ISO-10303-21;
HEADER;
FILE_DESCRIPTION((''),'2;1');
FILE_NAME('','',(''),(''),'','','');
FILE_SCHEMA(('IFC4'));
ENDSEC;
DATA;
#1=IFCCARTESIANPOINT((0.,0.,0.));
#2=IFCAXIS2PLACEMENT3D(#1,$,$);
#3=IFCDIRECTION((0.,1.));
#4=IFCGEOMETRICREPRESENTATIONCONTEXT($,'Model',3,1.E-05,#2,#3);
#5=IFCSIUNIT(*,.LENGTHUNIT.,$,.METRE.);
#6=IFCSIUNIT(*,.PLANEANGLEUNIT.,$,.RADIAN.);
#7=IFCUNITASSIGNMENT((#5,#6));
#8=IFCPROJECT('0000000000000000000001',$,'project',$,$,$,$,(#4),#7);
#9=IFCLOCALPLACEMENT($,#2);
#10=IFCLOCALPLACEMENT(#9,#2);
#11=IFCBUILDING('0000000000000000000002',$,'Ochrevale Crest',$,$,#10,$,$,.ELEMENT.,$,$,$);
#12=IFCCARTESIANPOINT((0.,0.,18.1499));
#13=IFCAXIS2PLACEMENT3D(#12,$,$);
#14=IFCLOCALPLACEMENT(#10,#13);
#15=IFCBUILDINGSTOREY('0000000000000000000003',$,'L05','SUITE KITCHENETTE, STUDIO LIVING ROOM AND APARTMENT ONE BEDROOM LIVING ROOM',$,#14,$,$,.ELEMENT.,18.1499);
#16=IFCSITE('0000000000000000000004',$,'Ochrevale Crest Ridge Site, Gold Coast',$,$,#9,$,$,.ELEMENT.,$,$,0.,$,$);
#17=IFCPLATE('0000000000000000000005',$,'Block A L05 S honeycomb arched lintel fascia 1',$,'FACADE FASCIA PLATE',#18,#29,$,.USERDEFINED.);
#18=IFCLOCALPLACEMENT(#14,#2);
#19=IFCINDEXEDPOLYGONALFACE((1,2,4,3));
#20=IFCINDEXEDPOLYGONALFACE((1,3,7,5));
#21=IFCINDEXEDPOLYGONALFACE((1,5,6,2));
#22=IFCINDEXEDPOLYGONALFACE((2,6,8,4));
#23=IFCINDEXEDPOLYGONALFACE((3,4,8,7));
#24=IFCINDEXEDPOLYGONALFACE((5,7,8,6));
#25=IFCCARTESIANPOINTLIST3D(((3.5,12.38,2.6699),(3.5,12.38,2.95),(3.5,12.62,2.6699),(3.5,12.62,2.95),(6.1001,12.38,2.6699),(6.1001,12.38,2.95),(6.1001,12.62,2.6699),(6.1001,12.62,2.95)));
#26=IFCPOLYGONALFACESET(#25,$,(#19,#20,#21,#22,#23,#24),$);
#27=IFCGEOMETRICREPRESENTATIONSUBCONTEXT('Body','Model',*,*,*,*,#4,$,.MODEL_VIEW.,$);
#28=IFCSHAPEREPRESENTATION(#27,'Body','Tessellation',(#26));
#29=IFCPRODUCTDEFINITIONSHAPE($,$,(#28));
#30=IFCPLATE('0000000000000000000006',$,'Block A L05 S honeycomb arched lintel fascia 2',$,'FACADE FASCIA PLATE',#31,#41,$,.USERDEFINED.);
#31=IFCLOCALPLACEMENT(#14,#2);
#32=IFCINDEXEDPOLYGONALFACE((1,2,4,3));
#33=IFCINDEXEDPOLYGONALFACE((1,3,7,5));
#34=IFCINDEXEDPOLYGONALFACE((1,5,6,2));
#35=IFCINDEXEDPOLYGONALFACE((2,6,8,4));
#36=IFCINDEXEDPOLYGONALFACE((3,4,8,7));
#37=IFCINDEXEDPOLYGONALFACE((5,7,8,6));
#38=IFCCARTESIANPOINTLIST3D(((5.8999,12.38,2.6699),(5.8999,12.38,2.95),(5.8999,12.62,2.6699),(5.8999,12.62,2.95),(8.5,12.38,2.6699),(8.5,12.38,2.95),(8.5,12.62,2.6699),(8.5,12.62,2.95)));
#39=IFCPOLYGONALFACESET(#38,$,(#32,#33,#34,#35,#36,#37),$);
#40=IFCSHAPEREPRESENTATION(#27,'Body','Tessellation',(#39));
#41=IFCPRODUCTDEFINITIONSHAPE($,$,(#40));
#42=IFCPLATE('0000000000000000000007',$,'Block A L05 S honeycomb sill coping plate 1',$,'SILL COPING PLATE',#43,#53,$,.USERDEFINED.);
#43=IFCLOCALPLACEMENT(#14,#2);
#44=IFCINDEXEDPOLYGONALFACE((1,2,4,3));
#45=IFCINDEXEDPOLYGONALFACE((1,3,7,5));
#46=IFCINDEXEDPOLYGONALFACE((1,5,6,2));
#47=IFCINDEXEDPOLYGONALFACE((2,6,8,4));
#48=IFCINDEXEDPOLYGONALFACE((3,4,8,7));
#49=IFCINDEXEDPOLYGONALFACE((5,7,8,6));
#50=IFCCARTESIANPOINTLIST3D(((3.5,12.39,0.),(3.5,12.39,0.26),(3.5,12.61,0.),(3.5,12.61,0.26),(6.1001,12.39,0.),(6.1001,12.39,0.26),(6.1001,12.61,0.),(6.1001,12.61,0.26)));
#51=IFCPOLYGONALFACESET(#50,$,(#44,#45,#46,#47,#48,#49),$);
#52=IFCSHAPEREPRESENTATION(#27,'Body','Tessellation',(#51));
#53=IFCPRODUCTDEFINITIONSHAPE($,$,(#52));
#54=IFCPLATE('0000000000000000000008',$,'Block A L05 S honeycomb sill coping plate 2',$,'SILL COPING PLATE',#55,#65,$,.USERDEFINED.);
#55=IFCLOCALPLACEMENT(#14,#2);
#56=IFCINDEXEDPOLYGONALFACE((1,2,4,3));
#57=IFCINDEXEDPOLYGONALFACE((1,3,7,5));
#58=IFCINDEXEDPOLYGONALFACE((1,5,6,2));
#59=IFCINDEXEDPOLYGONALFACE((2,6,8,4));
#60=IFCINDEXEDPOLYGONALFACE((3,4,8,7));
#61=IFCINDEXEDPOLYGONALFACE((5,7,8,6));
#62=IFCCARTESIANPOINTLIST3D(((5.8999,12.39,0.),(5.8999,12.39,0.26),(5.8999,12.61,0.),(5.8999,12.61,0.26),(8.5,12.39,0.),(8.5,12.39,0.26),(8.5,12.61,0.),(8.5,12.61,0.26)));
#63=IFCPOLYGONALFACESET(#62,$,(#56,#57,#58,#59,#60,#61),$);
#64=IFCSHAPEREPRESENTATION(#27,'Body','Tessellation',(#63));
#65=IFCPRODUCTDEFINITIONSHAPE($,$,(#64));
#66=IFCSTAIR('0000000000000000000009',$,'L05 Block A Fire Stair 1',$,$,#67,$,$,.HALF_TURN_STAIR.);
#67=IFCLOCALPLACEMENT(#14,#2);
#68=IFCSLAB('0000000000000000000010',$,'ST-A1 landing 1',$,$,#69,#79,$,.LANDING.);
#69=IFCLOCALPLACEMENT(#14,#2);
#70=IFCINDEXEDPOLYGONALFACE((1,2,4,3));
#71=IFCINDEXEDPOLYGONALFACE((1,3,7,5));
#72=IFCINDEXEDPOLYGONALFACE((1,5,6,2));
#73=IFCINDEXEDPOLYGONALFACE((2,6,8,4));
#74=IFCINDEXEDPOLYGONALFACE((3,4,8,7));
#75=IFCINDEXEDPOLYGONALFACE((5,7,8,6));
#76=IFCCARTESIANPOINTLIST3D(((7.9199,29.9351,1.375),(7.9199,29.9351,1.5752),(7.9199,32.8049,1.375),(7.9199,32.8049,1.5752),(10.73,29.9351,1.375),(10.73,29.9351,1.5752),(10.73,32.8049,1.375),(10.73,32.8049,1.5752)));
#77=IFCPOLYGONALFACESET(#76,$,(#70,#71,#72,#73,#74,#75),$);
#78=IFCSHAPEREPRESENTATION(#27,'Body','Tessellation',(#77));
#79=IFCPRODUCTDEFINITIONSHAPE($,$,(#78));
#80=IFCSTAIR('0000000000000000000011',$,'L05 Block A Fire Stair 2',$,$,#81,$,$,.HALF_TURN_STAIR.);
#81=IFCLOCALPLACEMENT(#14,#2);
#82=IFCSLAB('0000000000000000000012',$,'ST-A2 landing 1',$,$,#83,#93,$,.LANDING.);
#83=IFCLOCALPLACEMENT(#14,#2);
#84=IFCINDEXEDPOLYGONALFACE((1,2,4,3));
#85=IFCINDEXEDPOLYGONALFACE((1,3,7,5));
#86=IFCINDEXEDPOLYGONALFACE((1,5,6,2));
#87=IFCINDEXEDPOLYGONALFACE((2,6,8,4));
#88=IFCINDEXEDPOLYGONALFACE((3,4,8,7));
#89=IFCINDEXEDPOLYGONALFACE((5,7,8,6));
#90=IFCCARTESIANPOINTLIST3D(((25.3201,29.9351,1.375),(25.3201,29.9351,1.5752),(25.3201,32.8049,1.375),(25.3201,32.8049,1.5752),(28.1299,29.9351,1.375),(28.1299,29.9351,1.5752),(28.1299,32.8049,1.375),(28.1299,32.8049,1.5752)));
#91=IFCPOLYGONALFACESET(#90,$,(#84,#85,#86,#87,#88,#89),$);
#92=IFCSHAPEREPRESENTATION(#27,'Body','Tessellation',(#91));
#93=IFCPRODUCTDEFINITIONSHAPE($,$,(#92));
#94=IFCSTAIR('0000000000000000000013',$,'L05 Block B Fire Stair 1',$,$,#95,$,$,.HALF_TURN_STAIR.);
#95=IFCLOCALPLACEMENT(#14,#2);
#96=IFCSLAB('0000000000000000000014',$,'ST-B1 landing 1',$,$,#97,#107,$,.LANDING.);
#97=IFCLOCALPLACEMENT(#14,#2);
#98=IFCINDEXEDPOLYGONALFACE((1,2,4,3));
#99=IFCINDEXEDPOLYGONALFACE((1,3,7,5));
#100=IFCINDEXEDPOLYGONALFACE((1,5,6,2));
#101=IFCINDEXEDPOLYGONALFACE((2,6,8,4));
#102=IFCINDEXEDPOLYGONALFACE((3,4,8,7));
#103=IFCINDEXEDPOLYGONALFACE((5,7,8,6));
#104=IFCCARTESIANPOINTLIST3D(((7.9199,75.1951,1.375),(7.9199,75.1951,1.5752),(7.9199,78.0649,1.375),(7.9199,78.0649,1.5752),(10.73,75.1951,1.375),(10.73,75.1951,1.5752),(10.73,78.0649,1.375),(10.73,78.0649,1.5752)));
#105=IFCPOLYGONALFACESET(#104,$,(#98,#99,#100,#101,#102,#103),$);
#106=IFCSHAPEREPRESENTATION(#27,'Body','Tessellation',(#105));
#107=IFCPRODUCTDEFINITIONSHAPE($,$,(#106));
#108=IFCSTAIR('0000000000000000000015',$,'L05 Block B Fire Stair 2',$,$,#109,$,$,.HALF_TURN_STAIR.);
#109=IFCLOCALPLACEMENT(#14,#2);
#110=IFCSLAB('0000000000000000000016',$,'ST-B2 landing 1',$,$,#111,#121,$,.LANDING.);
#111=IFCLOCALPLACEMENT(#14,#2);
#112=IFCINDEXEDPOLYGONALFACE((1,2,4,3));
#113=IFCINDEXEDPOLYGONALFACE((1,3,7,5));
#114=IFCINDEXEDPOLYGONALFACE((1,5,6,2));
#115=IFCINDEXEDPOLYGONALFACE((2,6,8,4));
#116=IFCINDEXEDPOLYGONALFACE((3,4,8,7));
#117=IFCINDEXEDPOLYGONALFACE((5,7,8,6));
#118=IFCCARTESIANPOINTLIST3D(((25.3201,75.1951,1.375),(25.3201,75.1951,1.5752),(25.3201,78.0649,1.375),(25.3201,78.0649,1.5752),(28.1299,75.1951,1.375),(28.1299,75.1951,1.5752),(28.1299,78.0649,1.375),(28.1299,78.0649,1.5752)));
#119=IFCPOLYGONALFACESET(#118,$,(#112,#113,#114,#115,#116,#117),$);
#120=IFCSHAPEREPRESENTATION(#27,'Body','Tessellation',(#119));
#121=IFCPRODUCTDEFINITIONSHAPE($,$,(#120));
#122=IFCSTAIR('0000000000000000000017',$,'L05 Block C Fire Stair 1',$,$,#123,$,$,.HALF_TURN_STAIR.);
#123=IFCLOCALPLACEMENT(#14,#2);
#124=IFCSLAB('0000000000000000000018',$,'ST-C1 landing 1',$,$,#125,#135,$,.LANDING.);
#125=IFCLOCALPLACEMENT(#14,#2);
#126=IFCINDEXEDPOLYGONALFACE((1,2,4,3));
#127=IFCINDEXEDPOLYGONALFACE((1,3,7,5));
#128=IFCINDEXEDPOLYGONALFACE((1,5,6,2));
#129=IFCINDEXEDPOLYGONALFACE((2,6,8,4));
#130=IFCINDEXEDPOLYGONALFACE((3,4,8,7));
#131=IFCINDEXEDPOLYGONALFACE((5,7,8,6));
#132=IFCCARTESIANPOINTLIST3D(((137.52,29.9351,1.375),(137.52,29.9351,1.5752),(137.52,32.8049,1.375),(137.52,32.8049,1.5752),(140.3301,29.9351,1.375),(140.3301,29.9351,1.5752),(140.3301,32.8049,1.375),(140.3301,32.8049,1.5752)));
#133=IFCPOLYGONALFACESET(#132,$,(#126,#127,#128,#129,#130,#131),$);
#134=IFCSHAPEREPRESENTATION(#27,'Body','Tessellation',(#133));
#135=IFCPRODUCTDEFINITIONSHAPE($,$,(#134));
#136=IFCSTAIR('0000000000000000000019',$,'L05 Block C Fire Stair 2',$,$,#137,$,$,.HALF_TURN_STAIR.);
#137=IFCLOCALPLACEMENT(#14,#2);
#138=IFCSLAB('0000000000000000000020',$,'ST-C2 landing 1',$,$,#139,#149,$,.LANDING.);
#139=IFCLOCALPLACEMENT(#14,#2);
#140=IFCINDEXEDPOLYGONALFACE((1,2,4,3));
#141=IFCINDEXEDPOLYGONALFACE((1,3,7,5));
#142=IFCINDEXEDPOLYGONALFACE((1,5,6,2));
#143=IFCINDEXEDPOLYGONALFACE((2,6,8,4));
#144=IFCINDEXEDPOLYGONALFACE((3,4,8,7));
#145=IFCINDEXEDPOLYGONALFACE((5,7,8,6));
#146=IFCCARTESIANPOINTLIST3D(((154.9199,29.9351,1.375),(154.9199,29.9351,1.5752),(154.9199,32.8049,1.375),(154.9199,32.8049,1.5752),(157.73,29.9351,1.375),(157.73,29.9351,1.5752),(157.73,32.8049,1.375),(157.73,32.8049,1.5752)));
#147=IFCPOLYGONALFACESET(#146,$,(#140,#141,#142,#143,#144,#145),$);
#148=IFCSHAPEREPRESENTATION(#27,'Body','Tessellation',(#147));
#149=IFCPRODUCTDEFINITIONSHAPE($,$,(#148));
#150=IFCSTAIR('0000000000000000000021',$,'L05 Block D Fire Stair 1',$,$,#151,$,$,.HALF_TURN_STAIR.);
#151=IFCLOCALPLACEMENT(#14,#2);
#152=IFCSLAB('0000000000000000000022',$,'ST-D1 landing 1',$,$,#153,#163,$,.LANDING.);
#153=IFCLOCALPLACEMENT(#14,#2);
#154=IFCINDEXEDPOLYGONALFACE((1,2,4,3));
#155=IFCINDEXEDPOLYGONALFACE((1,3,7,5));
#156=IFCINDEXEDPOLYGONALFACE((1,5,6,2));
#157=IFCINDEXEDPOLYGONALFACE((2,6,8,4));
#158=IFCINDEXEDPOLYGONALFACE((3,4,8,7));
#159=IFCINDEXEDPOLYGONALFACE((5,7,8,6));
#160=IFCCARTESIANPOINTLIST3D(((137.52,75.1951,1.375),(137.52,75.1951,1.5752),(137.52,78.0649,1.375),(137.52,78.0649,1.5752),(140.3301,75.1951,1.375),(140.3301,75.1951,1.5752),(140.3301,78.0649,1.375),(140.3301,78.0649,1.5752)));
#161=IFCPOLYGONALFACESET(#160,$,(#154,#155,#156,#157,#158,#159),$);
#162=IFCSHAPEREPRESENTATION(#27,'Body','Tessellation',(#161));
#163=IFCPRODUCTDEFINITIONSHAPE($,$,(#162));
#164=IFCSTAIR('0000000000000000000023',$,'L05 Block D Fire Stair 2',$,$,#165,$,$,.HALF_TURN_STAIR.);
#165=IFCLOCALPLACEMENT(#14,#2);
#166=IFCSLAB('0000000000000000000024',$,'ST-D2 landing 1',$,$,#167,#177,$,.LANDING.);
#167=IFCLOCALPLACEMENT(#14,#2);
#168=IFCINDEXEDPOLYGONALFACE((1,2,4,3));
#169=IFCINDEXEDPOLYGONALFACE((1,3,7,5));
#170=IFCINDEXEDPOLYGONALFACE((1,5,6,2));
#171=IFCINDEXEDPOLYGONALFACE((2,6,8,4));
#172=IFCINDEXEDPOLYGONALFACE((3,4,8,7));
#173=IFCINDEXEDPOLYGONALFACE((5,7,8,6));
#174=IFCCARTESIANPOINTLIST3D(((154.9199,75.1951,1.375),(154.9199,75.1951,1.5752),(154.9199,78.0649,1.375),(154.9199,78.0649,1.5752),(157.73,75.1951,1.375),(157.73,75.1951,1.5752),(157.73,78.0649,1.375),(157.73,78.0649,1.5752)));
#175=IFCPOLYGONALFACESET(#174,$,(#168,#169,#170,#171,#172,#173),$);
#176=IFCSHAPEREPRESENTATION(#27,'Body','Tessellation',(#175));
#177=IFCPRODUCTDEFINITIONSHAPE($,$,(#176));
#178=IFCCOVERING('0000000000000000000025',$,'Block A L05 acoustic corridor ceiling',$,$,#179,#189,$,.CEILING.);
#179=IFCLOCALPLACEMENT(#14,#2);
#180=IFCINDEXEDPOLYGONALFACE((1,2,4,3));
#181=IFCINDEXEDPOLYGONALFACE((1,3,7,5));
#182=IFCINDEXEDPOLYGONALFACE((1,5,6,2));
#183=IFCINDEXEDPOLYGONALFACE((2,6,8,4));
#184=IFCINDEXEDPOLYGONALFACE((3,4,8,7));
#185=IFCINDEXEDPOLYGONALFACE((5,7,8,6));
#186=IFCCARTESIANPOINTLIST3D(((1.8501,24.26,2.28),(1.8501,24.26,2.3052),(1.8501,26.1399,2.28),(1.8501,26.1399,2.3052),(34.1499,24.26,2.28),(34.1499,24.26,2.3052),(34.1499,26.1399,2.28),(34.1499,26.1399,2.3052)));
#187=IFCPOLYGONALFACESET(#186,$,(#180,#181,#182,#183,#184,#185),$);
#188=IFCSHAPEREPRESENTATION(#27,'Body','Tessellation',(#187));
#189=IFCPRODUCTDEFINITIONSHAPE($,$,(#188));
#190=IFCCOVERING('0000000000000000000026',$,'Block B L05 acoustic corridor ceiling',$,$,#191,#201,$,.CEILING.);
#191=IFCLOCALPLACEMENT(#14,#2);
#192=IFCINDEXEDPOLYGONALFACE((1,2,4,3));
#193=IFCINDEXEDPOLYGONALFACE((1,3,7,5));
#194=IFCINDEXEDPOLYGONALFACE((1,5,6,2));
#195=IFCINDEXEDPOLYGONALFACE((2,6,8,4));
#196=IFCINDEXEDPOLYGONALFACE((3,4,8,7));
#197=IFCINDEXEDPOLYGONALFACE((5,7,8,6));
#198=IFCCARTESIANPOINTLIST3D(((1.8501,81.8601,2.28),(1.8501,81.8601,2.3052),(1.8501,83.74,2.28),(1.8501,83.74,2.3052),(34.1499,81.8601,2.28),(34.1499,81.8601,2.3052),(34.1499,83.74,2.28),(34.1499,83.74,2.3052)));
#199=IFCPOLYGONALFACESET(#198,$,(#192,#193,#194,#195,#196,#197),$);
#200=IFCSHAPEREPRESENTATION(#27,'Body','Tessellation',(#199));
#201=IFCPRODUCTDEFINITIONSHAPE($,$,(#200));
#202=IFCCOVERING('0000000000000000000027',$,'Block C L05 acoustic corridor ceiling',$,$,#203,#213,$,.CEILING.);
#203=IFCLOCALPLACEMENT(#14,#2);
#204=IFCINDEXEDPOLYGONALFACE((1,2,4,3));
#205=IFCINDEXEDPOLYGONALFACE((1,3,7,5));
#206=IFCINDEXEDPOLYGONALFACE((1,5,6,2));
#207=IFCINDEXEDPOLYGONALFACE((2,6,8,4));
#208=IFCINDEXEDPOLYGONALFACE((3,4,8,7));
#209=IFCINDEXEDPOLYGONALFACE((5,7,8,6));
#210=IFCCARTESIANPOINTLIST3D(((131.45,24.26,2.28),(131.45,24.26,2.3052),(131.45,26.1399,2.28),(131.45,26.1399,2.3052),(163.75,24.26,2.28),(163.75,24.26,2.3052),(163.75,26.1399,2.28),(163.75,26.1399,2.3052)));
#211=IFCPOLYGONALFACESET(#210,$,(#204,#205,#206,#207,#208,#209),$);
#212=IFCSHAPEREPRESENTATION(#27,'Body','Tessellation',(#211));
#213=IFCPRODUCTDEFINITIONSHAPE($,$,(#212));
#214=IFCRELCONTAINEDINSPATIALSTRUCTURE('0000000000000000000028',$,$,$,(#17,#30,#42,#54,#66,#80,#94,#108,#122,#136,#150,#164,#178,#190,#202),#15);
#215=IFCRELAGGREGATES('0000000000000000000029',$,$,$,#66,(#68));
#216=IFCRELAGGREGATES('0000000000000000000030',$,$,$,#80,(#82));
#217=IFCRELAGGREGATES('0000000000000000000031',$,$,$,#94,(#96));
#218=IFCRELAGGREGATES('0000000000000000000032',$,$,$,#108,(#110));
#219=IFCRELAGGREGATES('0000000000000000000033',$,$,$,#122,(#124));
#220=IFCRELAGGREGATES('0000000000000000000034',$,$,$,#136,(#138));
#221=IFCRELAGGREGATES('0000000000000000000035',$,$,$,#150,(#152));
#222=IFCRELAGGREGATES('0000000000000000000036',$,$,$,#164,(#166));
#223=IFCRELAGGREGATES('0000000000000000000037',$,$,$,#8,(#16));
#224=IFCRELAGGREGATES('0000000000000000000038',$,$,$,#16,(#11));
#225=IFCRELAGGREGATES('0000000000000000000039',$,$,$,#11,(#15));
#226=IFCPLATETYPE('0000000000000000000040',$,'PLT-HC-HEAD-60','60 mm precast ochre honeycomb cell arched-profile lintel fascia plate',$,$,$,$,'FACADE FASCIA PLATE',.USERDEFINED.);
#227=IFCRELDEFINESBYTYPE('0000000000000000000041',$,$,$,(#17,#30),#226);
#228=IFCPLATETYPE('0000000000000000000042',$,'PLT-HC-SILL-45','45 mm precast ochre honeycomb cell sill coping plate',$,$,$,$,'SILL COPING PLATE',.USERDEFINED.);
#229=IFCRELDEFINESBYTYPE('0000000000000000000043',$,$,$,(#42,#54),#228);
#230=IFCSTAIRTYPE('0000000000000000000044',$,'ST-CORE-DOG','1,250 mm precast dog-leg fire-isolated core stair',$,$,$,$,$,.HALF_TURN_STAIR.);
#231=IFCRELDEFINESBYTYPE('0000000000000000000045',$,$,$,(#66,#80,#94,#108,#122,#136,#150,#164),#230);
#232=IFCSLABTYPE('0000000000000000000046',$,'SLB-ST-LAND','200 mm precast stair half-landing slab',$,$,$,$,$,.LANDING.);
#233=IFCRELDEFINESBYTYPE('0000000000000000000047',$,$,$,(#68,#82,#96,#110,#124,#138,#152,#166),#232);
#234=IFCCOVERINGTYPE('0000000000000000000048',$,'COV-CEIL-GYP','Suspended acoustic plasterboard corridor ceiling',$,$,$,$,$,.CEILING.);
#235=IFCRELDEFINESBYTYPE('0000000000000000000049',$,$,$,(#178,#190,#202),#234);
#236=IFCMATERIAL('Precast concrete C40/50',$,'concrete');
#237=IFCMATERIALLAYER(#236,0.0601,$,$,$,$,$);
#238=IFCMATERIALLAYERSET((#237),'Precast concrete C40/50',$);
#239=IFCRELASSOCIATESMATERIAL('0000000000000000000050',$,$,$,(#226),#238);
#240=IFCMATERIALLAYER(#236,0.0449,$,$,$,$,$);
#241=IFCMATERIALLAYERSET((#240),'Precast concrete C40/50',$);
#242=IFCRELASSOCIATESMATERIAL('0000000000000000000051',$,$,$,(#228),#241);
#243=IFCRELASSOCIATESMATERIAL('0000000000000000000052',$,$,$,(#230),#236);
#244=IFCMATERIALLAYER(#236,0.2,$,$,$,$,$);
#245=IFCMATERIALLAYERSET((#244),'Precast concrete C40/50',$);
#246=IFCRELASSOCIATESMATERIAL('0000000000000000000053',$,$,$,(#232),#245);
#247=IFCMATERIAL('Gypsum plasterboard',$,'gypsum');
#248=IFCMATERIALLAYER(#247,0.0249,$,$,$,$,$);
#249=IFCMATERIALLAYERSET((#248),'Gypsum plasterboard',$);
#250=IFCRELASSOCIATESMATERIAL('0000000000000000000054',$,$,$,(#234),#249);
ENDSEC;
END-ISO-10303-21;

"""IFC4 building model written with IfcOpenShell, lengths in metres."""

from ifc_helpers import new_model, si_unit, direction, frame, origin, origin_2d, place, context, subcontext, project, spatial, polyline, rectangle, outline, extrude, material, layer, layer_set, type_object, element, aggregate, save


model = new_model("IFC4")

# Units and contexts
model_context = context("Model", 3, precision=1e-05, world=origin(), true_north=direction((0.0, 1.0)))
body_context = subcontext(model_context, "Body", "Model", "MODEL_VIEW")
ifc_project = project(units=[si_unit("LENGTHUNIT", "METRE"), si_unit("PLANEANGLEUNIT", "RADIAN")], contexts=[model_context])

# Site, building, storey
site_placement = place(None, origin())
site = spatial("IfcSite", under=ifc_project, at=site_placement, Name="Ochrevale Crest Ridge Site, Gold Coast", CompositionType="ELEMENT", RefElevation=0.0)
building_placement = place(site_placement, origin())
building = spatial("IfcBuilding", under=site, at=building_placement, Name="Ochrevale Crest", CompositionType="ELEMENT")
storey_placement = place(building_placement, frame((0.0, 0.0, 18.1499)))
storey = spatial("IfcBuildingStorey", under=building, at=storey_placement, Name="L05", Description="SUITE KITCHENETTE, STUDIO LIVING ROOM AND APARTMENT ONE BEDROOM LIVING ROOM", CompositionType="ELEMENT", Elevation=18.1499)

# Plates
ifc_material_1 = material(Name="Precast concrete C40/50", Category="concrete")
ifc_layer_1 = layer(ifc_material_1, 0.0601)
ifc_layer_set_1 = layer_set([ifc_layer_1], Name="Precast concrete C40/50")
plate_type_1 = type_object("IfcPlateType", Name="PLT-HC-HEAD-60", Description="60 mm precast ochre honeycomb cell arched-profile lintel fascia plate", ElementType="FACADE FASCIA PLATE", PredefinedType="USERDEFINED", material=ifc_layer_set_1)
for number, where, z_axis, x_axis, name in (
    (1, (4.8, 12.5, 2.6699), (0.0, 0.0, 1.0), (1.0, 0.0, 0.0), "Block A L05 S honeycomb arched lintel fascia 1"),
    (2, (7.2, 12.5, 2.6699), (0.0, 0.0, 1.0), (1.0, 0.0, 0.0), "Block A L05 S honeycomb arched lintel fascia 2"),
):
    element("IfcPlate", number, at=place(storey_placement, frame(where, z_axis=z_axis, x_axis=x_axis)), inside=storey, type_object=plate_type_1, Name=name, ObjectType="FACADE FASCIA PLATE", PredefinedType="USERDEFINED", context=body_context, shape_type="SweptSolid", body=[
        extrude(rectangle(XDim=2.6001, YDim=0.24, at=origin_2d()), origin(), (0.0, 0.0, 1.0), 0.28),
    ])
ifc_layer_2 = layer(ifc_material_1, 0.0449)
ifc_layer_set_2 = layer_set([ifc_layer_2], Name="Precast concrete C40/50")
plate_type_2 = type_object("IfcPlateType", Name="PLT-HC-SILL-45", Description="45 mm precast ochre honeycomb cell sill coping plate", ElementType="SILL COPING PLATE", PredefinedType="USERDEFINED", material=ifc_layer_set_2)
for number, where, z_axis, x_axis, name in (
    (3, (4.8, 12.5, 0.0), (0.0, 0.0, 1.0), (1.0, 0.0, 0.0), "Block A L05 S honeycomb sill coping plate 1"),
    (4, (7.2, 12.5, 0.0), (0.0, 0.0, 1.0), (1.0, 0.0, 0.0), "Block A L05 S honeycomb sill coping plate 2"),
):
    element("IfcPlate", number, at=place(storey_placement, frame(where, z_axis=z_axis, x_axis=x_axis)), inside=storey, type_object=plate_type_2, Name=name, ObjectType="SILL COPING PLATE", PredefinedType="USERDEFINED", context=body_context, shape_type="SweptSolid", body=[
        extrude(rectangle(XDim=2.6001, YDim=0.22, at=origin_2d()), origin(), (0.0, 0.0, 1.0), 0.26),
    ])

# Stairs, slabs
stair_type = type_object("IfcStairType", Name="ST-CORE-DOG", Description="1,250 mm precast dog-leg fire-isolated core stair", PredefinedType="HALF_TURN_STAIR", material=ifc_material_1)
stair_1_placement = place(storey_placement, origin())
stair_1 = element("IfcStair", 5, at=stair_1_placement, inside=storey, type_object=stair_type, Name="L05 Block A Fire Stair 1", PredefinedType="HALF_TURN_STAIR")
ifc_layer_3 = layer(ifc_material_1, 0.2)
ifc_layer_set_3 = layer_set([ifc_layer_3], Name="Precast concrete C40/50")
slab_type = type_object("IfcSlabType", Name="SLB-ST-LAND", Description="200 mm precast stair half-landing slab", PredefinedType="LANDING", material=ifc_layer_set_3)
slab_1_placement = place(storey_placement, frame((0.0, 0.0, 1.375)))
slab_1 = element("IfcSlab", 6, at=slab_1_placement, type_object=slab_type, Name="ST-A1 landing 1", PredefinedType="LANDING", context=body_context, shape_type="SweptSolid", body=[
    extrude(outline(polyline([(10.73, 29.9351), (10.73, 32.8049), (7.9199, 32.8049), (7.9199, 29.9351), (10.73, 29.9351)])), origin(), (0.0, 0.0, 1.0), 0.2002),
])
aggregate(stair_1, [slab_1])
stair_2_placement = place(storey_placement, origin())
stair_2 = element("IfcStair", 7, at=stair_2_placement, inside=storey, type_object=stair_type, Name="L05 Block A Fire Stair 2", PredefinedType="HALF_TURN_STAIR")
slab_2_placement = place(storey_placement, frame((0.0, 0.0, 1.375)))
slab_2 = element("IfcSlab", 8, at=slab_2_placement, type_object=slab_type, Name="ST-A2 landing 1", PredefinedType="LANDING", context=body_context, shape_type="SweptSolid", body=[
    extrude(outline(polyline([(28.1299, 29.9351), (28.1299, 32.8049), (25.3201, 32.8049), (25.3201, 29.9351), (28.1299, 29.9351)])), origin(), (0.0, 0.0, 1.0), 0.2002),
])
aggregate(stair_2, [slab_2])
stair_3_placement = place(storey_placement, origin())
stair_3 = element("IfcStair", 9, at=stair_3_placement, inside=storey, type_object=stair_type, Name="L05 Block B Fire Stair 1", PredefinedType="HALF_TURN_STAIR")
slab_3_placement = place(storey_placement, frame((0.0, 0.0, 1.375)))
slab_3 = element("IfcSlab", 10, at=slab_3_placement, type_object=slab_type, Name="ST-B1 landing 1", PredefinedType="LANDING", context=body_context, shape_type="SweptSolid", body=[
    extrude(outline(polyline([(7.9199, 78.0649), (7.9199, 75.1951), (10.73, 75.1951), (10.73, 78.0649), (7.9199, 78.0649)])), origin(), (0.0, 0.0, 1.0), 0.2002),
])
aggregate(stair_3, [slab_3])
stair_4_placement = place(storey_placement, origin())
stair_4 = element("IfcStair", 11, at=stair_4_placement, inside=storey, type_object=stair_type, Name="L05 Block B Fire Stair 2", PredefinedType="HALF_TURN_STAIR")
slab_4_placement = place(storey_placement, frame((0.0, 0.0, 1.375)))
slab_4 = element("IfcSlab", 12, at=slab_4_placement, type_object=slab_type, Name="ST-B2 landing 1", PredefinedType="LANDING", context=body_context, shape_type="SweptSolid", body=[
    extrude(outline(polyline([(25.3201, 78.0649), (25.3201, 75.1951), (28.1299, 75.1951), (28.1299, 78.0649), (25.3201, 78.0649)])), origin(), (0.0, 0.0, 1.0), 0.2002),
])
aggregate(stair_4, [slab_4])
stair_5_placement = place(storey_placement, origin())
stair_5 = element("IfcStair", 13, at=stair_5_placement, inside=storey, type_object=stair_type, Name="L05 Block C Fire Stair 1", PredefinedType="HALF_TURN_STAIR")
slab_5_placement = place(storey_placement, frame((0.0, 0.0, 1.375)))
slab_5 = element("IfcSlab", 14, at=slab_5_placement, type_object=slab_type, Name="ST-C1 landing 1", PredefinedType="LANDING", context=body_context, shape_type="SweptSolid", body=[
    extrude(outline(polyline([(140.3301, 29.9351), (140.3301, 32.8049), (137.52, 32.8049), (137.52, 29.9351), (140.3301, 29.9351)])), origin(), (0.0, 0.0, 1.0), 0.2002),
])
aggregate(stair_5, [slab_5])
stair_6_placement = place(storey_placement, origin())
stair_6 = element("IfcStair", 15, at=stair_6_placement, inside=storey, type_object=stair_type, Name="L05 Block C Fire Stair 2", PredefinedType="HALF_TURN_STAIR")
slab_6_placement = place(storey_placement, frame((0.0, 0.0, 1.375)))
slab_6 = element("IfcSlab", 16, at=slab_6_placement, type_object=slab_type, Name="ST-C2 landing 1", PredefinedType="LANDING", context=body_context, shape_type="SweptSolid", body=[
    extrude(outline(polyline([(157.73, 29.9351), (157.73, 32.8049), (154.9199, 32.8049), (154.9199, 29.9351), (157.73, 29.9351)])), origin(), (0.0, 0.0, 1.0), 0.2002),
])
aggregate(stair_6, [slab_6])
stair_7_placement = place(storey_placement, origin())
stair_7 = element("IfcStair", 17, at=stair_7_placement, inside=storey, type_object=stair_type, Name="L05 Block D Fire Stair 1", PredefinedType="HALF_TURN_STAIR")
slab_7_placement = place(storey_placement, frame((0.0, 0.0, 1.375)))
slab_7 = element("IfcSlab", 18, at=slab_7_placement, type_object=slab_type, Name="ST-D1 landing 1", PredefinedType="LANDING", context=body_context, shape_type="SweptSolid", body=[
    extrude(outline(polyline([(137.52, 78.0649), (137.52, 75.1951), (140.3301, 75.1951), (140.3301, 78.0649), (137.52, 78.0649)])), origin(), (0.0, 0.0, 1.0), 0.2002),
])
aggregate(stair_7, [slab_7])
stair_8_placement = place(storey_placement, origin())
stair_8 = element("IfcStair", 19, at=stair_8_placement, inside=storey, type_object=stair_type, Name="L05 Block D Fire Stair 2", PredefinedType="HALF_TURN_STAIR")
slab_8_placement = place(storey_placement, frame((0.0, 0.0, 1.375)))
slab_8 = element("IfcSlab", 20, at=slab_8_placement, type_object=slab_type, Name="ST-D2 landing 1", PredefinedType="LANDING", context=body_context, shape_type="SweptSolid", body=[
    extrude(outline(polyline([(154.9199, 78.0649), (154.9199, 75.1951), (157.73, 75.1951), (157.73, 78.0649), (154.9199, 78.0649)])), origin(), (0.0, 0.0, 1.0), 0.2002),
])
aggregate(stair_8, [slab_8])

# Coverings
ifc_material_2 = material(Name="Gypsum plasterboard", Category="gypsum")
ifc_layer_4 = layer(ifc_material_2, 0.0249)
ifc_layer_set_4 = layer_set([ifc_layer_4], Name="Gypsum plasterboard")
covering_type_1 = type_object("IfcCoveringType", Name="COV-CEIL-GYP", Description="Suspended acoustic plasterboard corridor ceiling", PredefinedType="CEILING", material=ifc_layer_set_4)
covering_1_placement = place(storey_placement, frame((0.0, 0.0, 2.28)))
element("IfcCovering", 21, at=covering_1_placement, inside=storey, type_object=covering_type_1, Name="Block A L05 acoustic corridor ceiling", PredefinedType="CEILING", context=body_context, shape_type="SweptSolid", body=[
    extrude(outline(polyline([(1.8501, 24.26), (34.1499, 24.26), (34.1499, 26.1399), (1.8501, 26.1399), (1.8501, 24.26)])), origin(), (0.0, 0.0, 1.0), 0.0251),
])
covering_2_placement = place(storey_placement, frame((0.0, 0.0, 2.28)))
element("IfcCovering", 22, at=covering_2_placement, inside=storey, type_object=covering_type_1, Name="Block B L05 acoustic corridor ceiling", PredefinedType="CEILING", context=body_context, shape_type="SweptSolid", body=[
    extrude(outline(polyline([(1.8501, 81.8601), (34.1499, 81.8601), (34.1499, 83.74), (1.8501, 83.74), (1.8501, 81.8601)])), origin(), (0.0, 0.0, 1.0), 0.0251),
])
covering_3_placement = place(storey_placement, frame((0.0, 0.0, 2.28)))
element("IfcCovering", 23, at=covering_3_placement, inside=storey, type_object=covering_type_1, Name="Block C L05 acoustic corridor ceiling", PredefinedType="CEILING", context=body_context, shape_type="SweptSolid", body=[
    extrude(outline(polyline([(131.45, 24.26), (163.75, 24.26), (163.75, 26.1399), (131.45, 26.1399), (131.45, 24.26)])), origin(), (0.0, 0.0, 1.0), 0.0251),
])

save(model, "model.ifc")
